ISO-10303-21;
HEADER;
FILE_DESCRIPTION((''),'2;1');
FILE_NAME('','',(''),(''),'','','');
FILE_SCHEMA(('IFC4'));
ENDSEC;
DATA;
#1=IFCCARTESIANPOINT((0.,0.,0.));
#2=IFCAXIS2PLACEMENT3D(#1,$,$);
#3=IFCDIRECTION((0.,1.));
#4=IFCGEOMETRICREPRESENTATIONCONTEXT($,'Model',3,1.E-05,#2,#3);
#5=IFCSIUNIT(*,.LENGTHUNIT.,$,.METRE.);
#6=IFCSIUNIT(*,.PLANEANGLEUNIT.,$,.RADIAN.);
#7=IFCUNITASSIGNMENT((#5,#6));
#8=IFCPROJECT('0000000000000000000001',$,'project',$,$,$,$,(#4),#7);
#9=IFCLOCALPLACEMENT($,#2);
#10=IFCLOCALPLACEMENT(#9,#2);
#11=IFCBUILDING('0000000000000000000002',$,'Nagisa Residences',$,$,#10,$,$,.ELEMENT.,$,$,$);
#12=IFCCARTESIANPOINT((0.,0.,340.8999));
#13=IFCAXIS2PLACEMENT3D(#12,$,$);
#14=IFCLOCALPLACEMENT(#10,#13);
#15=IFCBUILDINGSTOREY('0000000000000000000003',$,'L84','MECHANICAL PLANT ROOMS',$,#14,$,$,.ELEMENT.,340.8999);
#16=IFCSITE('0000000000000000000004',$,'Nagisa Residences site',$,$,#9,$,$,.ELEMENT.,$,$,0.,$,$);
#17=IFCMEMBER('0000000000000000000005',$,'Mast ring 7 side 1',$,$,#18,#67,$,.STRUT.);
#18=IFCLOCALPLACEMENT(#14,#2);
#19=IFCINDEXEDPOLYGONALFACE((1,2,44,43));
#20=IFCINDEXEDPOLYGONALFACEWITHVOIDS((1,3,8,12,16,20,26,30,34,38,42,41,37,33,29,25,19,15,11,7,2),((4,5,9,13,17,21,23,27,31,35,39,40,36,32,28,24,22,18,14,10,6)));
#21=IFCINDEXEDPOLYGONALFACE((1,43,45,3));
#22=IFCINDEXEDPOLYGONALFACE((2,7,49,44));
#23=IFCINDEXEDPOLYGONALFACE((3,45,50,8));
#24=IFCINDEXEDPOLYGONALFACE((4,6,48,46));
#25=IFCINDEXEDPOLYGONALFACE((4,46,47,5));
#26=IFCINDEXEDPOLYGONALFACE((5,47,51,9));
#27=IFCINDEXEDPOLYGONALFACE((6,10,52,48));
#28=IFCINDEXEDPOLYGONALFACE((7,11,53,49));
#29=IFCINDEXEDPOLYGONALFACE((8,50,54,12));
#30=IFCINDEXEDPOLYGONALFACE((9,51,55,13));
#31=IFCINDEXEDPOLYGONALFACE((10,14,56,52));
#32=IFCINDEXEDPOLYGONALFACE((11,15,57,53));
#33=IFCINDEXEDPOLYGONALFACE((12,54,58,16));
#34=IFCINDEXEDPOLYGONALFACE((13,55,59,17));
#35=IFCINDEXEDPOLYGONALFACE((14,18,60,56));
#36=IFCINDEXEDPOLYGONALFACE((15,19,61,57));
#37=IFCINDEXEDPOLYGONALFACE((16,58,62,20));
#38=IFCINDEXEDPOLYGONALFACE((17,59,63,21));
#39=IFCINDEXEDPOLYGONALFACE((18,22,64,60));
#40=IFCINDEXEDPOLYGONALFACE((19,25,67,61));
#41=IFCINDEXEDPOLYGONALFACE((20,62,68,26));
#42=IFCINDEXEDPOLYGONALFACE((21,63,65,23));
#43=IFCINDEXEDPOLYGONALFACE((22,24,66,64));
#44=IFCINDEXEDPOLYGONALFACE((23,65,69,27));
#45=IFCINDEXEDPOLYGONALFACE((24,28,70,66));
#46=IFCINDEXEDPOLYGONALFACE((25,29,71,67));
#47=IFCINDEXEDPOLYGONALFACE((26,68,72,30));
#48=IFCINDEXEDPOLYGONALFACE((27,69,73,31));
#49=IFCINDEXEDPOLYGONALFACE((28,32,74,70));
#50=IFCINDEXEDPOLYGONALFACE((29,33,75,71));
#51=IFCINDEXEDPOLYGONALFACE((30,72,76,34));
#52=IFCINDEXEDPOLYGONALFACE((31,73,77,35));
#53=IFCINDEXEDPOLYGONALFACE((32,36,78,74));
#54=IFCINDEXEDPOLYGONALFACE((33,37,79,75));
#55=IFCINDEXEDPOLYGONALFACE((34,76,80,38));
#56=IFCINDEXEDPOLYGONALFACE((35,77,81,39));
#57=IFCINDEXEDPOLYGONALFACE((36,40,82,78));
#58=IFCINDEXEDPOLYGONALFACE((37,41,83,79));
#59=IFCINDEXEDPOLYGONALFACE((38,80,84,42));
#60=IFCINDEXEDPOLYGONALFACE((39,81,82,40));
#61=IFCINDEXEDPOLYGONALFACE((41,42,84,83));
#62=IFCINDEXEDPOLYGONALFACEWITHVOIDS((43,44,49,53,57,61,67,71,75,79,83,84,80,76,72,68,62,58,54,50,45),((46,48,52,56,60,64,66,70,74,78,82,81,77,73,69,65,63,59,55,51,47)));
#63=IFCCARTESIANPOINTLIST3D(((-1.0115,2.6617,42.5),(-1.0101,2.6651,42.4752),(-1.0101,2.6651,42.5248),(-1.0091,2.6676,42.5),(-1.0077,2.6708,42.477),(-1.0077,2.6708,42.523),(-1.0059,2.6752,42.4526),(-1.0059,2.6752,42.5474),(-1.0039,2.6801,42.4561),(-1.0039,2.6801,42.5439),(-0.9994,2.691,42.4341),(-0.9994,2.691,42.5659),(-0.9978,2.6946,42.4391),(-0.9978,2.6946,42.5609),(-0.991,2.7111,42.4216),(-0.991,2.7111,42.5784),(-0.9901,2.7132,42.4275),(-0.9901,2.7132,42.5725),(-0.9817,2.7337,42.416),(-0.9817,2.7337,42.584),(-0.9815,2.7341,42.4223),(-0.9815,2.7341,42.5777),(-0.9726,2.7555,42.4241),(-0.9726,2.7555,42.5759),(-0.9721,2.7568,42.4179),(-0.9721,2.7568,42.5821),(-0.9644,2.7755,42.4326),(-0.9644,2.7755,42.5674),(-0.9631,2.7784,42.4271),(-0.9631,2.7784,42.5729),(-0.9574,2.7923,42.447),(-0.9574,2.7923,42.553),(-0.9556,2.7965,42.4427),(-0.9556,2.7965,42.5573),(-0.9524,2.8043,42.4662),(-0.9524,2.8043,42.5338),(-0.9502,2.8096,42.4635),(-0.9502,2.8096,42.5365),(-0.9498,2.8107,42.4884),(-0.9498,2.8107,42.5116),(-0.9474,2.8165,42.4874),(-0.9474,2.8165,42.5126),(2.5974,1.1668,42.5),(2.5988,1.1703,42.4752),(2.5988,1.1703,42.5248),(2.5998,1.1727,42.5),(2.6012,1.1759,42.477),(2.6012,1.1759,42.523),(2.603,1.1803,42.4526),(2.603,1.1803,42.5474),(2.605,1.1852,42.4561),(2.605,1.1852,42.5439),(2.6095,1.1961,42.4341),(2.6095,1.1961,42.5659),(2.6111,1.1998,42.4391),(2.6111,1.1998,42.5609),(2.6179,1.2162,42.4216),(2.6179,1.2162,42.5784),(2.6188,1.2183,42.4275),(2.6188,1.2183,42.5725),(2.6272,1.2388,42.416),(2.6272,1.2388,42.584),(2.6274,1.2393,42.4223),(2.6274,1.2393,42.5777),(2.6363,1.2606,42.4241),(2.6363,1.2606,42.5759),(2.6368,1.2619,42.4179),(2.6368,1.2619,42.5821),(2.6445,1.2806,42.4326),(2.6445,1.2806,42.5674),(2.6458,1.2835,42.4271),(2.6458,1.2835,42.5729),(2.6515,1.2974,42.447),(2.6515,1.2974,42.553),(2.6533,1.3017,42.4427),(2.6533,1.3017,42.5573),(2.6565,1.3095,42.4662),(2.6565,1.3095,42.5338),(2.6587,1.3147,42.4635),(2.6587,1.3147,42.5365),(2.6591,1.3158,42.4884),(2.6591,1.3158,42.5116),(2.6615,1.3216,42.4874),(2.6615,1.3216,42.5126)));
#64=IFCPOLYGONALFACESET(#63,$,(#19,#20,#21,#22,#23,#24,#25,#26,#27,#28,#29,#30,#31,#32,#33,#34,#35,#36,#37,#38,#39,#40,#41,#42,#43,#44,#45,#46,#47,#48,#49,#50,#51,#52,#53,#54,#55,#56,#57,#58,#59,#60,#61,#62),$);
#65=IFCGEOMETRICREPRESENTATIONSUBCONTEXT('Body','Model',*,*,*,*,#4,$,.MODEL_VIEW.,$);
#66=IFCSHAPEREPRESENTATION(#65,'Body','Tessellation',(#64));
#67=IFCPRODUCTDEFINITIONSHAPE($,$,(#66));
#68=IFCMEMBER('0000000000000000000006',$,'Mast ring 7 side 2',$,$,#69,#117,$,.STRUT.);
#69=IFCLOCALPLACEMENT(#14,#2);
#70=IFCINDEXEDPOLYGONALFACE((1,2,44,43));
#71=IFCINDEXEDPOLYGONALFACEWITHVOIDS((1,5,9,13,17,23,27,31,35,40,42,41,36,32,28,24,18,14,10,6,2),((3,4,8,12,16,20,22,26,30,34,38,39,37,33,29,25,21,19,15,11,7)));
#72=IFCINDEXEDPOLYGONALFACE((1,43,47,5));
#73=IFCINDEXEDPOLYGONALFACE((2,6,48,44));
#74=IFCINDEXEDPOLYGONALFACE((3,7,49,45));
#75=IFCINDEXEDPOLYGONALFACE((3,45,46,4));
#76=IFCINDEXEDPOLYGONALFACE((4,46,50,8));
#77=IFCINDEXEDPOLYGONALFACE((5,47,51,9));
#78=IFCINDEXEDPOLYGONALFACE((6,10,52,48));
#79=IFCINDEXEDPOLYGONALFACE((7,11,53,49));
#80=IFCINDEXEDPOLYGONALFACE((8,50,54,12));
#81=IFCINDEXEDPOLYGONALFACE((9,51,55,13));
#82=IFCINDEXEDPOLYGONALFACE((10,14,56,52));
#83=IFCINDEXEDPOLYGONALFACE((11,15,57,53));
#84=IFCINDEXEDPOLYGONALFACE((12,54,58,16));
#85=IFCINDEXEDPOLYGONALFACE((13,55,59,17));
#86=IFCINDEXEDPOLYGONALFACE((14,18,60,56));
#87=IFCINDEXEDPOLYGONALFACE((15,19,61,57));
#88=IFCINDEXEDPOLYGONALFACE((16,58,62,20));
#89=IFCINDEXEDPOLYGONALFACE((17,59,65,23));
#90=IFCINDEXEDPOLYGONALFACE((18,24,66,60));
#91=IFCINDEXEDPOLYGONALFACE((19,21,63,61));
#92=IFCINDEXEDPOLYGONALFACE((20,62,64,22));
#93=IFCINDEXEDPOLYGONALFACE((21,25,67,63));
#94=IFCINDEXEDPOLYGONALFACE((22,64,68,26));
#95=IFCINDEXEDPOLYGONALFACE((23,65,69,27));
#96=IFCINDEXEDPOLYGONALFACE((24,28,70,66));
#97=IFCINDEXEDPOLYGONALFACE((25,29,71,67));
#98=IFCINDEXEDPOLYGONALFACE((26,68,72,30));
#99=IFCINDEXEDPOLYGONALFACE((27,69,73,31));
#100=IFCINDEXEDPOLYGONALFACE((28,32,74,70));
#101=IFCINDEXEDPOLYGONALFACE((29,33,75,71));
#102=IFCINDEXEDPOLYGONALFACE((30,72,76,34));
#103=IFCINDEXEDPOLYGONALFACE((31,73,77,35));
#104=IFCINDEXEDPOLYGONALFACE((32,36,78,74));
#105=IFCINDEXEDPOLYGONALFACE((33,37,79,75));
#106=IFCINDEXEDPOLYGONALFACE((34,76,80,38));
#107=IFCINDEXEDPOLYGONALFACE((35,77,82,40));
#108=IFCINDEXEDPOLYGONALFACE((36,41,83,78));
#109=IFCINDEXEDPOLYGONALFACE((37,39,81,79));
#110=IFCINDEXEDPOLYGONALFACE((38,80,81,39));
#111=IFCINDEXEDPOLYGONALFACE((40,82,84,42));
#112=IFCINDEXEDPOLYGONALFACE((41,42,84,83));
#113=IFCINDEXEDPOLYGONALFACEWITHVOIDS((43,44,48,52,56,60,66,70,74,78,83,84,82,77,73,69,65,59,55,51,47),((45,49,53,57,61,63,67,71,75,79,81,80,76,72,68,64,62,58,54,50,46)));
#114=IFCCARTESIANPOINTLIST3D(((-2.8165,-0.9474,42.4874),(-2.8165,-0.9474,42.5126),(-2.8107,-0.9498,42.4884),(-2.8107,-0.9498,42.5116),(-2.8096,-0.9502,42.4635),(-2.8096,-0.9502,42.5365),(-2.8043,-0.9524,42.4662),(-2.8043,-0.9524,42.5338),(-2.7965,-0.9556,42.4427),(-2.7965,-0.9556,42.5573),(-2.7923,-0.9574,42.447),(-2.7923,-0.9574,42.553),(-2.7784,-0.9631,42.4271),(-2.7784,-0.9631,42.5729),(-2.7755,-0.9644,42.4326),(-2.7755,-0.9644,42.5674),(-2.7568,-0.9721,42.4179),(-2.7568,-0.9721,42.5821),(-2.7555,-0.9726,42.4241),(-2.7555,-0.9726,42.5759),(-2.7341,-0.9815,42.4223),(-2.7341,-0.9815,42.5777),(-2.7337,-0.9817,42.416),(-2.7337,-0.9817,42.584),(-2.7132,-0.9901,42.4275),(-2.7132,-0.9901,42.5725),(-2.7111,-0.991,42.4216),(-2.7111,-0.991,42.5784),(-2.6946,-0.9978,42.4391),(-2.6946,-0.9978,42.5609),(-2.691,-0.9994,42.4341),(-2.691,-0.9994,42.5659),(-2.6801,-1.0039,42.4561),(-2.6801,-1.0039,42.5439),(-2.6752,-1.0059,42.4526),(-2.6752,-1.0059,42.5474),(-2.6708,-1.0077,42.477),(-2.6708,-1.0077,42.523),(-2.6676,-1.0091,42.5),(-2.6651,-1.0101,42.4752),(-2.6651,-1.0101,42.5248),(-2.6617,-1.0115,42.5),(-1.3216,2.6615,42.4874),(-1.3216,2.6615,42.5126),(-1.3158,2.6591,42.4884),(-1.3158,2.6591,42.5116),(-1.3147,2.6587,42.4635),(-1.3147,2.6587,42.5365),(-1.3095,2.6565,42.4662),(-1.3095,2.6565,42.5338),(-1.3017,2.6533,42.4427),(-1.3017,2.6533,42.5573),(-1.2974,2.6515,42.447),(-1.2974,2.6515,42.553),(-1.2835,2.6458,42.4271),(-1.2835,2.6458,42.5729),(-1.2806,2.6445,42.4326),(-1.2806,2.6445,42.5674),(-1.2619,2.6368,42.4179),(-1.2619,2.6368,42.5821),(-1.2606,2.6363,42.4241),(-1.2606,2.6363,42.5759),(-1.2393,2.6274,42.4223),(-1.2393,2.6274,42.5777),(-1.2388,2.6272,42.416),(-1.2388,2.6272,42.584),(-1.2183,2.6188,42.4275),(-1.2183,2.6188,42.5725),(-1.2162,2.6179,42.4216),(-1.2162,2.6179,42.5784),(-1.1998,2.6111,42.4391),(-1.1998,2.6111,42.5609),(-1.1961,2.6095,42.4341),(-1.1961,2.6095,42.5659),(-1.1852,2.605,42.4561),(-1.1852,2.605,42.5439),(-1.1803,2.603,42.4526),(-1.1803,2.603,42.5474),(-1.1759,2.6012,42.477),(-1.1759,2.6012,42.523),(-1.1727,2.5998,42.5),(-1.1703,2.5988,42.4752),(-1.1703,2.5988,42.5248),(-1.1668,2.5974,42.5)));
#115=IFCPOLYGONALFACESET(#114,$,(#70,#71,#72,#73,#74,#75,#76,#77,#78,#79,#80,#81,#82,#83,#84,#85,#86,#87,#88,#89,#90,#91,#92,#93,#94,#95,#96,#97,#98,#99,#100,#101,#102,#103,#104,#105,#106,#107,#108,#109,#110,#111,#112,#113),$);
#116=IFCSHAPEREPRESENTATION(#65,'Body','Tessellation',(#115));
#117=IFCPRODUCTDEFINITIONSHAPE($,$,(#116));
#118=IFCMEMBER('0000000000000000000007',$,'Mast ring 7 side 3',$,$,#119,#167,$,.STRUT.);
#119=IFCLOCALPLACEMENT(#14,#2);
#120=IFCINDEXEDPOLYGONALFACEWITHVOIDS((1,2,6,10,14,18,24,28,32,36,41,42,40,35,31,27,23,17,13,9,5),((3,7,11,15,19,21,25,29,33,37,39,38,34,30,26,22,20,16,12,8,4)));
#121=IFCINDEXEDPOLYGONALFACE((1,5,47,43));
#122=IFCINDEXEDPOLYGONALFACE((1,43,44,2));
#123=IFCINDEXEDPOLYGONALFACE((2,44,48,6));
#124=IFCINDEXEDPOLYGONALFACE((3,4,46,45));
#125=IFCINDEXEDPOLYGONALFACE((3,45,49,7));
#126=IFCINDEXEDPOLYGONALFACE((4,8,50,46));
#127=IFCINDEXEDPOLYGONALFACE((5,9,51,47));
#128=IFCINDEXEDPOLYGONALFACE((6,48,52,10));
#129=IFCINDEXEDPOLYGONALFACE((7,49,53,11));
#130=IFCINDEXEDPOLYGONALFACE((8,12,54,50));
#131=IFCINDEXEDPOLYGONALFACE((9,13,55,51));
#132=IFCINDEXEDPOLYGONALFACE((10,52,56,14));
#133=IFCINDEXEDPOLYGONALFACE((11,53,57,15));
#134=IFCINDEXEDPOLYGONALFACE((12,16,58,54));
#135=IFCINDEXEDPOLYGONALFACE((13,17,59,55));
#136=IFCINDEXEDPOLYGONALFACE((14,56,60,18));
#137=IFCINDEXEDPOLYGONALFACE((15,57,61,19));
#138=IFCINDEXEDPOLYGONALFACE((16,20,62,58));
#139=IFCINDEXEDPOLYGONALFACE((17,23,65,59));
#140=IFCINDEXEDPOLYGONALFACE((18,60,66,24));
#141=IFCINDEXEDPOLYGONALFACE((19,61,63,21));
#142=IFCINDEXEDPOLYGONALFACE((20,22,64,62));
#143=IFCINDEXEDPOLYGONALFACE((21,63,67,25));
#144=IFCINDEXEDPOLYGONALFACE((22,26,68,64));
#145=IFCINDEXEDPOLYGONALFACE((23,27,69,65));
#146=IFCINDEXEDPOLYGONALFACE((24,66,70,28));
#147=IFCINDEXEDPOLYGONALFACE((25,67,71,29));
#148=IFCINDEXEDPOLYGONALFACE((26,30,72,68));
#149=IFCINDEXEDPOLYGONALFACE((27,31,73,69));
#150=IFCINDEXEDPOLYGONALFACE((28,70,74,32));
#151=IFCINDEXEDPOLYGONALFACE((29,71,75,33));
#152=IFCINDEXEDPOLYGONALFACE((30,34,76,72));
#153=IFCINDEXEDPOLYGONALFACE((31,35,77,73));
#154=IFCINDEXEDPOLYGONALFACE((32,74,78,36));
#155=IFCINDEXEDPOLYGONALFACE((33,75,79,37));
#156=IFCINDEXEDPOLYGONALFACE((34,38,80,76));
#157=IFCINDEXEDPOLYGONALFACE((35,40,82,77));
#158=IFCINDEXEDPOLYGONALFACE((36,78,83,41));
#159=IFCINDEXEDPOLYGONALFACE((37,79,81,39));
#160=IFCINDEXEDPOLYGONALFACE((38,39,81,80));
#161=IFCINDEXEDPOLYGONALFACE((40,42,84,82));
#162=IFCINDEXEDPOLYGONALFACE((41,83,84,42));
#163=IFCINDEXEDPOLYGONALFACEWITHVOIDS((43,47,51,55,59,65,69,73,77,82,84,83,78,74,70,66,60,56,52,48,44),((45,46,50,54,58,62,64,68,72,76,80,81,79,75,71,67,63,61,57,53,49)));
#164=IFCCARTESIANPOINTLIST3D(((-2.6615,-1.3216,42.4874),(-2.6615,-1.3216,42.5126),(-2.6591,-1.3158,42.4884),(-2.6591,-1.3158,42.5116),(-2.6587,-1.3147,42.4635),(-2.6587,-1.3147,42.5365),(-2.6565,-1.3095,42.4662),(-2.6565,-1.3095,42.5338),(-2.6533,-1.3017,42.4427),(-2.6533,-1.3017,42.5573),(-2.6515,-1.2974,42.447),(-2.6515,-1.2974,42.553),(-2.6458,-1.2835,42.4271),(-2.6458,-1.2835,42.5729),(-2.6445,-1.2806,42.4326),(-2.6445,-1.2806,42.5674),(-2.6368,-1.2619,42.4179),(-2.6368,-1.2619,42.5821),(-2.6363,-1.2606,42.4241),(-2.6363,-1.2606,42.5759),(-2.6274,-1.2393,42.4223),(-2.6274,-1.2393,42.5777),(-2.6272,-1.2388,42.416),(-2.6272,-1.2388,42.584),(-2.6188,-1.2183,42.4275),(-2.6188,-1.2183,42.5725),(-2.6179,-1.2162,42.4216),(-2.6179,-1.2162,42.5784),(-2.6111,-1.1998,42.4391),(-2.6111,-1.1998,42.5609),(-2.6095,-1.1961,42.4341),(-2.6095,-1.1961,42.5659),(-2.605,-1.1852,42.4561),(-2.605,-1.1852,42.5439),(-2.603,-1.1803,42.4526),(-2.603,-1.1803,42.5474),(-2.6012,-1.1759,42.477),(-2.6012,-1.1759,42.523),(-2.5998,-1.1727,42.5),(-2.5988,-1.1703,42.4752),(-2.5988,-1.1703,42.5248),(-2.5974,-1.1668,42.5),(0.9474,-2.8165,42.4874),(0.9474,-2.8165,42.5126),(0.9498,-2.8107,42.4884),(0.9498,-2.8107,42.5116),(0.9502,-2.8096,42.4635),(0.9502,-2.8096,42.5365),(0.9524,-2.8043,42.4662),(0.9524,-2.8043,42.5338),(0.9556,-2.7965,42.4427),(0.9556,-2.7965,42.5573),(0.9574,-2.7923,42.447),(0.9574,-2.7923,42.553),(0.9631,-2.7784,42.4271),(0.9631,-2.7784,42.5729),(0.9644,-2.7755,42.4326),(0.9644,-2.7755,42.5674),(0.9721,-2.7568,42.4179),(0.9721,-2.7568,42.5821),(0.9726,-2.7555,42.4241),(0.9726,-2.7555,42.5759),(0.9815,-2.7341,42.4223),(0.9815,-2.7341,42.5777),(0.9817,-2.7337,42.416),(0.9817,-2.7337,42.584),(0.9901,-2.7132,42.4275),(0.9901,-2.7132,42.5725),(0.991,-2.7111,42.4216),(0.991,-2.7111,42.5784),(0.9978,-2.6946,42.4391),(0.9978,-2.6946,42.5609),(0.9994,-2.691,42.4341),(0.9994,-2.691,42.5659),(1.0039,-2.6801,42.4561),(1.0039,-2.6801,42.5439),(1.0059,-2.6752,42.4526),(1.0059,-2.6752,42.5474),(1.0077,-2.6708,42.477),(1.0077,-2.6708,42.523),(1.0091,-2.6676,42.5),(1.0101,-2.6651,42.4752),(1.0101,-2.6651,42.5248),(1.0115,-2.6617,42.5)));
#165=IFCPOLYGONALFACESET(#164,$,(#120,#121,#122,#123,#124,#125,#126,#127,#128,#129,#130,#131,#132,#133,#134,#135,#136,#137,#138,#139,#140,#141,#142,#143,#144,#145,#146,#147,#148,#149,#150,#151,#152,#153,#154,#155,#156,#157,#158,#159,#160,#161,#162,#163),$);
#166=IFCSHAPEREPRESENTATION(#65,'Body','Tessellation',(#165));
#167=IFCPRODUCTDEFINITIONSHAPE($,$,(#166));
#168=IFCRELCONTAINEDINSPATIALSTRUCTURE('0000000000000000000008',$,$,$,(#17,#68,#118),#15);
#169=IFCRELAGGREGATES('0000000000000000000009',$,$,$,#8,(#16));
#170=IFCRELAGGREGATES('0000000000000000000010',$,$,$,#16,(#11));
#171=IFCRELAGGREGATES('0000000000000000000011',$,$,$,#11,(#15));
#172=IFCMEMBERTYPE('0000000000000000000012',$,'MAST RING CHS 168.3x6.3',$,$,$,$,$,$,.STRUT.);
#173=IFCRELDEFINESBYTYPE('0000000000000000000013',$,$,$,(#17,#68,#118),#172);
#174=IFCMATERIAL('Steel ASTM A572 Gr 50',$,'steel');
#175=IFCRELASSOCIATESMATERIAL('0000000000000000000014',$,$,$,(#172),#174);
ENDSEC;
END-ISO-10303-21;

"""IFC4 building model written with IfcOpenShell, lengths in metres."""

from ifc_helpers import new_model, si_unit, direction, frame, origin, origin_2d, place, context, subcontext, project, spatial, hollow_circle, extrude, material, material_profile, profile_set, type_object, element, save


model = new_model("IFC4")

# Units and contexts
model_context = context("Model", 3, precision=1e-05, world=origin(), true_north=direction((0.0, 1.0)))
body_context = subcontext(model_context, "Body", "Model", "MODEL_VIEW")
ifc_project = project(units=[si_unit("LENGTHUNIT", "METRE"), si_unit("PLANEANGLEUNIT", "RADIAN")], contexts=[model_context])

# Site, building, storey
site_placement = place(None, origin())
site = spatial("IfcSite", under=ifc_project, at=site_placement, Name="Nagisa Residences site", CompositionType="ELEMENT", RefElevation=0.0)
building_placement = place(site_placement, origin())
building = spatial("IfcBuilding", under=site, at=building_placement, Name="Nagisa Residences", CompositionType="ELEMENT")
storey_placement = place(building_placement, frame((0.0, 0.0, 340.8999)))
storey = spatial("IfcBuildingStorey", under=building, at=storey_placement, Name="L84", Description="MECHANICAL PLANT ROOMS", CompositionType="ELEMENT", Elevation=340.8999)

# Members
ifc_material_1 = material(Name="Steel ASTM A572 Gr 50", Category="steel")
ifc_material_profile_1 = material_profile(ifc_material_1, hollow_circle(Radius=0.0842, WallThickness=0.0063, at=origin_2d()), Name="MAST RING CHS 168.3x6.3")
ifc_profile_set_1 = profile_set([ifc_material_profile_1], Name="Steel ASTM A572 Gr 50")
member_type_1 = type_object("IfcMemberType", Name="MAST RING CHS 168.3x6.3", PredefinedType="STRUT", material=ifc_profile_set_1)
for number, where, z_axis, x_axis, name in (
    (1, (2.6296, 1.2446, 42.5), (-0.923877, 0.382689, 0.0), (-0.382689, -0.923877, 0.0), "Mast ring 7 side 1"),
    (2, (-1.2446, 2.6296, 42.5), (-0.382689, -0.923877, 0.0), (0.923877, -0.382689, 0.0), "Mast ring 7 side 2"),
    (3, (-2.6296, -1.2446, 42.5), (0.923877, -0.382689, 0.0), (0.382689, 0.923877, 0.0), "Mast ring 7 side 3"),
):
    element("IfcMember", number, at=place(storey_placement, frame(where, z_axis=z_axis, x_axis=x_axis)), inside=storey, type_object=member_type_1, Name=name, PredefinedType="STRUT", context=body_context, shape_type="SweptSolid", body=[
        extrude(hollow_circle(Radius=0.0842, WallThickness=0.0063, at=origin_2d()), origin(), (0.0, 0.0, 1.0), 3.9062),
    ])

save(model, "model.ifc")
